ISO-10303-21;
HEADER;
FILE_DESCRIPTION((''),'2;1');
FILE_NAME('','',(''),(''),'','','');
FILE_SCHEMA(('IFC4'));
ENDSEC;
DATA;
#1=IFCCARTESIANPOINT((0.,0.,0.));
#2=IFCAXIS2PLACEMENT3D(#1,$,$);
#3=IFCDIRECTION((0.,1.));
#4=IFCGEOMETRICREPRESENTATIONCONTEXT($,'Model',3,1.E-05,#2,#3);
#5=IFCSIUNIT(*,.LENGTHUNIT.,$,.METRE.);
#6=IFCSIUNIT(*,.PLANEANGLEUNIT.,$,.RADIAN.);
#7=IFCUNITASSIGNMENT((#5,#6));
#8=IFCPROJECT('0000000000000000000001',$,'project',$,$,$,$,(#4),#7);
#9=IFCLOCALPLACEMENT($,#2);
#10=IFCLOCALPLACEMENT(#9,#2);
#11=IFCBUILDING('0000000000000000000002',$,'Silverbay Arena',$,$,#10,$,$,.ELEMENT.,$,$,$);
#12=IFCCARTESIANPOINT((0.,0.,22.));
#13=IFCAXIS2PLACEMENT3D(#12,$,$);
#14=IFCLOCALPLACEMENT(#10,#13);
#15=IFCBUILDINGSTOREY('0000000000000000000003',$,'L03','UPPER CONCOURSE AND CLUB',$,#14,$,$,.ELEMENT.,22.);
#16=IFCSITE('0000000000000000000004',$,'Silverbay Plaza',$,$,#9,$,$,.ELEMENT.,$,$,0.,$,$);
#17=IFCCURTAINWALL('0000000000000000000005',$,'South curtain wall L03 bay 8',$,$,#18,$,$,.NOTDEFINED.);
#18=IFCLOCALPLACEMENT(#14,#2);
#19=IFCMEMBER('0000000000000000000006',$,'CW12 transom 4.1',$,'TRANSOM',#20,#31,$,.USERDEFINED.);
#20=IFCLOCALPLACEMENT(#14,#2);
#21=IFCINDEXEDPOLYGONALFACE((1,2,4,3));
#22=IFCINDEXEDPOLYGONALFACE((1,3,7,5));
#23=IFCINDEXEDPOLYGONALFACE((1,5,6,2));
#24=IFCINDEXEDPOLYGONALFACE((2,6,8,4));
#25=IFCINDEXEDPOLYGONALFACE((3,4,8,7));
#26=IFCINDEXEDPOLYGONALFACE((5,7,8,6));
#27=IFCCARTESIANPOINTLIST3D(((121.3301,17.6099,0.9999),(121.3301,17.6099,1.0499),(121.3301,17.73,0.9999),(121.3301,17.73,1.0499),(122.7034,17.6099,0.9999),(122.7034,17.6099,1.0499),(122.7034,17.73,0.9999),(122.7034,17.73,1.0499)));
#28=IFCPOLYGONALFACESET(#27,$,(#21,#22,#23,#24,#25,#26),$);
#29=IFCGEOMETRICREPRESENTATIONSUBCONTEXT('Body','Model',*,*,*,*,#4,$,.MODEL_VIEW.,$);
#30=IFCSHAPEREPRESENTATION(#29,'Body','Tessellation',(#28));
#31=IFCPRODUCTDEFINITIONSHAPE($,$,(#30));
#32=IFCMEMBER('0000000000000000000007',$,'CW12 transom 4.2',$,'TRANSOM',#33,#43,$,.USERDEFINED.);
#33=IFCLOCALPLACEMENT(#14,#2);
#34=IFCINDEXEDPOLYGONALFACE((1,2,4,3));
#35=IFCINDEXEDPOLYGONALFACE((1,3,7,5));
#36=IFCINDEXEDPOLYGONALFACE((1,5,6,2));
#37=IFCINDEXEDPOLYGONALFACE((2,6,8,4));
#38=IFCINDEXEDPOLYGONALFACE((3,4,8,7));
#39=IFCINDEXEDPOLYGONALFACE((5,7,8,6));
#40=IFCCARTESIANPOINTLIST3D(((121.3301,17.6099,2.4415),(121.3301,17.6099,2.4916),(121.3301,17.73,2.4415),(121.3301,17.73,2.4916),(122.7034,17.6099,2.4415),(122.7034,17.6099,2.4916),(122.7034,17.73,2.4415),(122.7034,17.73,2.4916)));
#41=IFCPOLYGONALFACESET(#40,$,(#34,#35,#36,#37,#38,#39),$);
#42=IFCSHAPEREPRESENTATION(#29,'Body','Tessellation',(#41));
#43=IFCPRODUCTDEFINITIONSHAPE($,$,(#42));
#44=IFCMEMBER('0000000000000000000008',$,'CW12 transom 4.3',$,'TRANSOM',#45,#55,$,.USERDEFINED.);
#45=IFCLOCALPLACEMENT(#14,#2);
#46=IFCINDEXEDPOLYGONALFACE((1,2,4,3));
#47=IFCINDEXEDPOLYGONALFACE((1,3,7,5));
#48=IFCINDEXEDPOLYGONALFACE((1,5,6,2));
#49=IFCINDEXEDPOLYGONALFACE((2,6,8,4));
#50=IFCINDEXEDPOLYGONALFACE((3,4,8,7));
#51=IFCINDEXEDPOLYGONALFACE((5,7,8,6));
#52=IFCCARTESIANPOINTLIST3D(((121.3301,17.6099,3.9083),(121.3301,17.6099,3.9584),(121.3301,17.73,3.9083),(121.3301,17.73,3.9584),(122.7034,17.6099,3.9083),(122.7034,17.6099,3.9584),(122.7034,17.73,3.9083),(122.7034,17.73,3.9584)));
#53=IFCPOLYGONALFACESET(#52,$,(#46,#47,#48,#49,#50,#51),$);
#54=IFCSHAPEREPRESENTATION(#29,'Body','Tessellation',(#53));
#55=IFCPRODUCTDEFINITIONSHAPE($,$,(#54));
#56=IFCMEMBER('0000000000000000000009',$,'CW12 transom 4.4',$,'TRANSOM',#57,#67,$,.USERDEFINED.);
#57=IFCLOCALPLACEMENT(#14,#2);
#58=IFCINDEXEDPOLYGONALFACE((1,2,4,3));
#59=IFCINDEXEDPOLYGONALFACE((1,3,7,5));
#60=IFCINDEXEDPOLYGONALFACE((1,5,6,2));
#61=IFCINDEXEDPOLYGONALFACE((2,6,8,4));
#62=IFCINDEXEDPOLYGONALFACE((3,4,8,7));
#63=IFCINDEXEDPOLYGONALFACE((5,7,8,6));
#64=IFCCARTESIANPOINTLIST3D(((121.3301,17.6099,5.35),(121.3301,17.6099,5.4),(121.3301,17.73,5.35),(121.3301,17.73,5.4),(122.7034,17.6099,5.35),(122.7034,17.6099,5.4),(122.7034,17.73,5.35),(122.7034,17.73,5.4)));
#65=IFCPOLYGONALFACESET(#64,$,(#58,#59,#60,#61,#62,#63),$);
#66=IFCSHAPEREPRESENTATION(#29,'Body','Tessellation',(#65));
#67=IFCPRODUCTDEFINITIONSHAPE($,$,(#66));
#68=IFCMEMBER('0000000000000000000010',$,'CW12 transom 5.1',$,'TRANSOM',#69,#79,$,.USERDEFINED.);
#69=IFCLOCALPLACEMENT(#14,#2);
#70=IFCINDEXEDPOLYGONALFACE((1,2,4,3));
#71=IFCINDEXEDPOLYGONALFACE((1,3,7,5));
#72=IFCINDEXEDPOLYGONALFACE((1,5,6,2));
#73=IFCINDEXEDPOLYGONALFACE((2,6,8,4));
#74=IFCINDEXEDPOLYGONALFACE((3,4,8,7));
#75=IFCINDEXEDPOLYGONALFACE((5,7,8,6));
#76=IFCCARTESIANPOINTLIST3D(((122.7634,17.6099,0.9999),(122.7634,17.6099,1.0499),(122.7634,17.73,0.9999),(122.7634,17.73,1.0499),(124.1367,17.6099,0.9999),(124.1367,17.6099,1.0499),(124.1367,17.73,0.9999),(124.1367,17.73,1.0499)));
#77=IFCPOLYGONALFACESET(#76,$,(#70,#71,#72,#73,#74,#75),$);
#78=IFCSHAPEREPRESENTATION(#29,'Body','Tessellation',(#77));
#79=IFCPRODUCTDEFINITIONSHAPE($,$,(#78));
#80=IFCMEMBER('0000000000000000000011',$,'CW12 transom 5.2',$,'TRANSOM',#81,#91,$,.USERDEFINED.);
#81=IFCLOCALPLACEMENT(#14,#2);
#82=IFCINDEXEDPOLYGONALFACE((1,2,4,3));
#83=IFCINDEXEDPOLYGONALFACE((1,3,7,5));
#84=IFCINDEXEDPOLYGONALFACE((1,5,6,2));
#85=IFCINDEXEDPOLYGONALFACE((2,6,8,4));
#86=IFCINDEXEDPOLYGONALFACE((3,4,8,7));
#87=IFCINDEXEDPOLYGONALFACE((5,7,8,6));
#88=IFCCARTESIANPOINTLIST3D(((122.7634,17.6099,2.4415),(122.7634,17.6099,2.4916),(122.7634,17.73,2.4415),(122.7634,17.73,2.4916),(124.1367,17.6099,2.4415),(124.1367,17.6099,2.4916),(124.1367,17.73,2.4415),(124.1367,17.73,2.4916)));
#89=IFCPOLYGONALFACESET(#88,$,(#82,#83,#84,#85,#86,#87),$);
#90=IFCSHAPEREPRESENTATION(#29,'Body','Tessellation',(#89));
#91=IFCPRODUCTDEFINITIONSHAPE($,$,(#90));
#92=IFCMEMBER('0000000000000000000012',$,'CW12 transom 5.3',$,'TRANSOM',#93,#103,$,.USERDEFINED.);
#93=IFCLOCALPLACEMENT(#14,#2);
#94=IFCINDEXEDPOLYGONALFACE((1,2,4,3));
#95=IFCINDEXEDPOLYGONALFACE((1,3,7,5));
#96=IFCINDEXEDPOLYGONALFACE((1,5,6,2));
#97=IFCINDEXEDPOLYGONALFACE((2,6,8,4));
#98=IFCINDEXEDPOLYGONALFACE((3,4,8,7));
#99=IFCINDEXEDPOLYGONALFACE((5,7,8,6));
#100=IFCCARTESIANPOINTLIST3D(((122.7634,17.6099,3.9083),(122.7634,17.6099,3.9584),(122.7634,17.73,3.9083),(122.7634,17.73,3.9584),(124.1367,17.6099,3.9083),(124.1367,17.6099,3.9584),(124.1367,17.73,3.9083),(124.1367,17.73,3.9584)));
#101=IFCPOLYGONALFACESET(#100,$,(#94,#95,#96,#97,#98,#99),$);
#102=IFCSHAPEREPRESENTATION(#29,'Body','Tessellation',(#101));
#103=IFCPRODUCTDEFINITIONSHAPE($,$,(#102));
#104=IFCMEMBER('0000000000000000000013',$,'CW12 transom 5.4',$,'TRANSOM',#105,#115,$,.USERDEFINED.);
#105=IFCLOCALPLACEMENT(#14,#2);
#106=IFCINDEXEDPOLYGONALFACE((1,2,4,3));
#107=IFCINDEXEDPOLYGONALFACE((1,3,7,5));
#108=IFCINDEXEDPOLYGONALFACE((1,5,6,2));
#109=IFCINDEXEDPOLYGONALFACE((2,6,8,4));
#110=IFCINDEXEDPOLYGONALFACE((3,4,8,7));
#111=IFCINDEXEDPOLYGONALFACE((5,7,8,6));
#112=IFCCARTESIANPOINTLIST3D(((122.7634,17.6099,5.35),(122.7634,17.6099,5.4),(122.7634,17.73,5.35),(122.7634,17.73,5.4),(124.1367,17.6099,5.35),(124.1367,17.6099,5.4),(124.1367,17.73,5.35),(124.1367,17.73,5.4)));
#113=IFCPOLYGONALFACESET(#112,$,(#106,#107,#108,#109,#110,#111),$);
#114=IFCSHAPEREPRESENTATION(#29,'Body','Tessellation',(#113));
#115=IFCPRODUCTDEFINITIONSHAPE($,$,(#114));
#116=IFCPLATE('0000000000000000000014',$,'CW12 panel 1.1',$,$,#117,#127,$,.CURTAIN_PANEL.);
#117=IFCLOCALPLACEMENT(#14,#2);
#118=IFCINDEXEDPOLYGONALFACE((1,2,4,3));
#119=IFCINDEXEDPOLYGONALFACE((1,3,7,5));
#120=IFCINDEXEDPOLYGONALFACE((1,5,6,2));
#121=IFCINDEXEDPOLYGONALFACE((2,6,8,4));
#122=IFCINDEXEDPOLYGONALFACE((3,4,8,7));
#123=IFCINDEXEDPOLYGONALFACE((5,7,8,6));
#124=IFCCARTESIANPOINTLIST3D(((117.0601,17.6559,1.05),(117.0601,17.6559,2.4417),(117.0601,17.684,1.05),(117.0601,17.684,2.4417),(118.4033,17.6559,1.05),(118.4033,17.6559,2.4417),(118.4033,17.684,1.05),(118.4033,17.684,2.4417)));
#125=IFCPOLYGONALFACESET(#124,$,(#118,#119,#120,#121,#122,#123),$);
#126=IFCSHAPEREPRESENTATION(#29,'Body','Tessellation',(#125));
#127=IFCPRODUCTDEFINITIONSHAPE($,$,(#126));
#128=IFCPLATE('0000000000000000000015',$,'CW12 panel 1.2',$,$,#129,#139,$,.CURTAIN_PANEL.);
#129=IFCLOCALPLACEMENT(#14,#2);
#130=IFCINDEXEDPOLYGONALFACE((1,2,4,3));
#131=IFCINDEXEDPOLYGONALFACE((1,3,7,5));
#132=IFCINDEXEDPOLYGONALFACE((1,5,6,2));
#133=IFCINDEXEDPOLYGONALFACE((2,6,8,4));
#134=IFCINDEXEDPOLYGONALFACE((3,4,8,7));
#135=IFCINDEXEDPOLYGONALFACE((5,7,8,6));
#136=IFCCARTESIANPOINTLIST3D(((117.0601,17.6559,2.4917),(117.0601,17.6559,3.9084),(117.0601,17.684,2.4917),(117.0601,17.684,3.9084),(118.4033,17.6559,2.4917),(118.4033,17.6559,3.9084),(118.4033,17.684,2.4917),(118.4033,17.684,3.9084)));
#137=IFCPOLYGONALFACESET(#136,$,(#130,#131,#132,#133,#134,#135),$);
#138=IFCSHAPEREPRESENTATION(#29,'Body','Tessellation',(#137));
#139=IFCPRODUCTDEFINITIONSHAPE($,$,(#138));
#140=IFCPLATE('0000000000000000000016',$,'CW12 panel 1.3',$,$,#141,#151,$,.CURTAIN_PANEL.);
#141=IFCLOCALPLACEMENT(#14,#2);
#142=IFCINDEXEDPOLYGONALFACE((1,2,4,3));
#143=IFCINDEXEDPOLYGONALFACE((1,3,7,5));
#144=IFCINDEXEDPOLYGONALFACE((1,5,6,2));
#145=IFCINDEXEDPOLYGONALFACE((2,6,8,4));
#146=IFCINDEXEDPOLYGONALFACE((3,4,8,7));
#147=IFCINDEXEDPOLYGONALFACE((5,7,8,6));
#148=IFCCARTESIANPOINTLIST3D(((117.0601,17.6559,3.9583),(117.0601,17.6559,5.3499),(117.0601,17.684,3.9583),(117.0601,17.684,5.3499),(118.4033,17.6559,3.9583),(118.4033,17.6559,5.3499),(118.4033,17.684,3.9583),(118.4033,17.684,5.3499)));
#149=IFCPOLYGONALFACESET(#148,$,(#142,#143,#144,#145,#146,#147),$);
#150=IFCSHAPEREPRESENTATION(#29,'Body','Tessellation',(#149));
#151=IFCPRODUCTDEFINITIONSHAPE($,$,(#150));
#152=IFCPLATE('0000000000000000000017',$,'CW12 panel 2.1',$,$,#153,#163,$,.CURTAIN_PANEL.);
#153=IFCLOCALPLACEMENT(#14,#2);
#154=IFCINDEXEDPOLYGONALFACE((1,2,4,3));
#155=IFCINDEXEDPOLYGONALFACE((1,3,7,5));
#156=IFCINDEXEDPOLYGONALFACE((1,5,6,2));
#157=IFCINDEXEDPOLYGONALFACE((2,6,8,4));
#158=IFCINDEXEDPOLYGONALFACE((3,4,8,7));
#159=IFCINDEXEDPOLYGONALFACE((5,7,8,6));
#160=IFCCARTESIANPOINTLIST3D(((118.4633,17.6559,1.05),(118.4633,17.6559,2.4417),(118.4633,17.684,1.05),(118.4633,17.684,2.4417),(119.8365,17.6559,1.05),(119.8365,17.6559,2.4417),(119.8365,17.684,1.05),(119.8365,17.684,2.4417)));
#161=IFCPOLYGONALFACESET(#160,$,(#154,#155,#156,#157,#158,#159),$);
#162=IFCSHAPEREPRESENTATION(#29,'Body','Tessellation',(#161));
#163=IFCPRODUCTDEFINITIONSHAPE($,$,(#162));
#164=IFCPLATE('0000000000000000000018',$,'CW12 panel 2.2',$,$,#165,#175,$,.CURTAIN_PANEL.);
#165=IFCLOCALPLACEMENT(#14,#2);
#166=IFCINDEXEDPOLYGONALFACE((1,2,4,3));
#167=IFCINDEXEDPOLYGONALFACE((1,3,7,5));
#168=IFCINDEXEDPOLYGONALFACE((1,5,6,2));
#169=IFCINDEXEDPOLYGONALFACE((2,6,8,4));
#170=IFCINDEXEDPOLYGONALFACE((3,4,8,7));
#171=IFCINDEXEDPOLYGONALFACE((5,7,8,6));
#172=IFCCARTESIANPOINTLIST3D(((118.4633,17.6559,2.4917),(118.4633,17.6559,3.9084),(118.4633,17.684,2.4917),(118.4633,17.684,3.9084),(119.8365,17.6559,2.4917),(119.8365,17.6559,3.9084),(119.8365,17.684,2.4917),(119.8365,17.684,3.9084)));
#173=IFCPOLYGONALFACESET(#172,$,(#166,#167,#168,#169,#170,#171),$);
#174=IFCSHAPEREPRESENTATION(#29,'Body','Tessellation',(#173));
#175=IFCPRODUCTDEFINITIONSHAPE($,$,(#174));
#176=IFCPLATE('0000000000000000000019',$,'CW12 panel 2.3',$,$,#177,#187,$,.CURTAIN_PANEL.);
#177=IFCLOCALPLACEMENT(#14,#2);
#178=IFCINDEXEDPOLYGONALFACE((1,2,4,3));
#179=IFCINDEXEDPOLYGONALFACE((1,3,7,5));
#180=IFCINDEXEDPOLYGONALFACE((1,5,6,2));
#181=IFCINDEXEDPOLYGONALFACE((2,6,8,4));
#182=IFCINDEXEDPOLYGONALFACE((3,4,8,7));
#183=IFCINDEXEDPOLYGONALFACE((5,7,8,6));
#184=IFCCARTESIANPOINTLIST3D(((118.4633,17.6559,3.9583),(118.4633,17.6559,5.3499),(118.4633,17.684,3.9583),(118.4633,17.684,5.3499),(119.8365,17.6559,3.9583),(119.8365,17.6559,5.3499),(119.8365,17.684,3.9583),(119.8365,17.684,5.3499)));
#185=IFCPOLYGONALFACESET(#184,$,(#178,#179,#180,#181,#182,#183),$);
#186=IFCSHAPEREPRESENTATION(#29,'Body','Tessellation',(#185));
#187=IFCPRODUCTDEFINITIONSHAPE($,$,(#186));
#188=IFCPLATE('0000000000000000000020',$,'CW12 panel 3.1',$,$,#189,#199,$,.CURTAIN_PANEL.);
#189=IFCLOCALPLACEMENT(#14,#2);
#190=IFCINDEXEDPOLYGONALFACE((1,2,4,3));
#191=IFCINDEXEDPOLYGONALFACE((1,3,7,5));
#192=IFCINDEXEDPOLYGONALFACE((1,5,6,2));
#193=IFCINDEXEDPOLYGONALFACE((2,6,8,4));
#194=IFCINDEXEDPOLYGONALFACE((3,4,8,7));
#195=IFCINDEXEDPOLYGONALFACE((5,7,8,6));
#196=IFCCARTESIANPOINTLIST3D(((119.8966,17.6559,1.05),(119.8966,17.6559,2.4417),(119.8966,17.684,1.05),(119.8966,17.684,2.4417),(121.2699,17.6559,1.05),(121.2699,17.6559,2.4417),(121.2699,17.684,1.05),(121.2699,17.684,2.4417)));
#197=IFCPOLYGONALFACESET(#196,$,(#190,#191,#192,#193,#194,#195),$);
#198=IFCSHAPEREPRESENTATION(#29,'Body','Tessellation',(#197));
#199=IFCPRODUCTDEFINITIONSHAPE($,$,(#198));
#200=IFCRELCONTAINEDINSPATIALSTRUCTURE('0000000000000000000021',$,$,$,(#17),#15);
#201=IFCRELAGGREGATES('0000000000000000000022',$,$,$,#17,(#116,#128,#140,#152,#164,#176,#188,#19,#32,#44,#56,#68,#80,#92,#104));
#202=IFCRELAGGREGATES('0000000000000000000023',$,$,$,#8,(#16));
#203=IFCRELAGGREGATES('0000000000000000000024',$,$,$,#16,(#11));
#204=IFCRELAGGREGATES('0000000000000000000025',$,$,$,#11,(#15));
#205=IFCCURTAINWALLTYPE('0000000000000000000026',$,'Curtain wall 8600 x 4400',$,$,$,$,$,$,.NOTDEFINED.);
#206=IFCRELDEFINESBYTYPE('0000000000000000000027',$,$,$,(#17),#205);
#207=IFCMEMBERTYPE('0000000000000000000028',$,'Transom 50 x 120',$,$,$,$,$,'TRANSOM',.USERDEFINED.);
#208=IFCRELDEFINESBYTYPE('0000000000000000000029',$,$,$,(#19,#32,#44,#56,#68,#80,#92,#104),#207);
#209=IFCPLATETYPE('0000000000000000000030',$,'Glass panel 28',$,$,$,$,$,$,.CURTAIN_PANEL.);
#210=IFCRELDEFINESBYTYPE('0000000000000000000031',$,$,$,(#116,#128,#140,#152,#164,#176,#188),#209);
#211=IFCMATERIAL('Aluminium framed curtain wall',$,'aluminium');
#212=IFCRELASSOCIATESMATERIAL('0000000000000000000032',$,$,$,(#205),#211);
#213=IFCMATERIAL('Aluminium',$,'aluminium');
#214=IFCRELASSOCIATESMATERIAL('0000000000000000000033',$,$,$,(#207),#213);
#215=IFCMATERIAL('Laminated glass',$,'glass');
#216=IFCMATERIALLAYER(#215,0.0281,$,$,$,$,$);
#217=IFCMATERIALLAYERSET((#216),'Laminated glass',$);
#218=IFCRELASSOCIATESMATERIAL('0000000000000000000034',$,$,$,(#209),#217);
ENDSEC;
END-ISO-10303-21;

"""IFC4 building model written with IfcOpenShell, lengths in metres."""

from ifc_helpers import new_model, si_unit, direction, frame, origin, origin_2d, place, context, subcontext, project, spatial, rectangle, extrude, material, layer, layer_set, material_profile, profile_set, type_object, element, aggregate, save


model = new_model("IFC4")

# Units and contexts
model_context = context("Model", 3, precision=1e-05, world=origin(), true_north=direction((0.0, 1.0)))
body_context = subcontext(model_context, "Body", "Model", "MODEL_VIEW")
ifc_project = project(units=[si_unit("LENGTHUNIT", "METRE"), si_unit("PLANEANGLEUNIT", "RADIAN")], contexts=[model_context])

# Site, building, storey
site_placement = place(None, origin())
site = spatial("IfcSite", under=ifc_project, at=site_placement, Name="Silverbay Plaza", CompositionType="ELEMENT", RefElevation=0.0)
building_placement = place(site_placement, origin())
building = spatial("IfcBuilding", under=site, at=building_placement, Name="Silverbay Arena", CompositionType="ELEMENT")
storey_placement = place(building_placement, frame((0.0, 0.0, 22.0)))
storey = spatial("IfcBuildingStorey", under=building, at=storey_placement, Name="L03", Description="UPPER CONCOURSE AND CLUB", CompositionType="ELEMENT", Elevation=22.0)

# Curtain wall
ifc_material_1 = material(Name="Aluminium framed curtain wall", Category="aluminium")
curtain_wall_type = type_object("IfcCurtainWallType", Name="Curtain wall 8600 x 4400", PredefinedType="NOTDEFINED", material=ifc_material_1)
curtain_wall_placement = place(storey_placement, origin())
curtain_wall = element("IfcCurtainWall", 1, at=curtain_wall_placement, inside=storey, type_object=curtain_wall_type, Name="South curtain wall L03 bay 8", PredefinedType="NOTDEFINED")

# Members
ifc_material_2 = material(Name="Aluminium", Category="aluminium")
ifc_material_profile_1 = material_profile(ifc_material_2, rectangle(XDim=0.1201, YDim=0.05, at=origin_2d()), Name="Transom 50 x 120")
ifc_profile_set_1 = profile_set([ifc_material_profile_1], Name="Aluminium")
member_type_1 = type_object("IfcMemberType", Name="Transom 50 x 120", ElementType="TRANSOM", PredefinedType="USERDEFINED", material=ifc_profile_set_1)
member_1_placement = place(storey_placement, frame((121.3301, 17.6699, 1.0249), z_axis=(1.0, 0.0, 0.0), x_axis=(0.0, 1.0, 0.0)))
member_1 = element("IfcMember", 2, at=member_1_placement, type_object=member_type_1, Name="CW12 transom 4.1", ObjectType="TRANSOM", PredefinedType="USERDEFINED", context=body_context, shape_type="SweptSolid", body=[
    extrude(rectangle(XDim=0.1201, YDim=0.05, at=origin_2d()), origin(), (0.0, 0.0, 1.0), 1.3733),
])
member_2_placement = place(storey_placement, frame((121.3301, 17.6699, 2.4666), z_axis=(1.0, 0.0, 0.0), x_axis=(0.0, 1.0, 0.0)))
member_2 = element("IfcMember", 3, at=member_2_placement, type_object=member_type_1, Name="CW12 transom 4.2", ObjectType="TRANSOM", PredefinedType="USERDEFINED", context=body_context, shape_type="SweptSolid", body=[
    extrude(rectangle(XDim=0.1201, YDim=0.05, at=origin_2d()), origin(), (0.0, 0.0, 1.0), 1.3733),
])
member_3_placement = place(storey_placement, frame((121.3301, 17.6699, 3.9333), z_axis=(1.0, 0.0, 0.0), x_axis=(0.0, 1.0, 0.0)))
member_3 = element("IfcMember", 4, at=member_3_placement, type_object=member_type_1, Name="CW12 transom 4.3", ObjectType="TRANSOM", PredefinedType="USERDEFINED", context=body_context, shape_type="SweptSolid", body=[
    extrude(rectangle(XDim=0.1201, YDim=0.05, at=origin_2d()), origin(), (0.0, 0.0, 1.0), 1.3733),
])
member_4_placement = place(storey_placement, frame((121.3301, 17.6699, 5.375), z_axis=(1.0, 0.0, 0.0), x_axis=(0.0, 1.0, 0.0)))
member_4 = element("IfcMember", 5, at=member_4_placement, type_object=member_type_1, Name="CW12 transom 4.4", ObjectType="TRANSOM", PredefinedType="USERDEFINED", context=body_context, shape_type="SweptSolid", body=[
    extrude(rectangle(XDim=0.1201, YDim=0.05, at=origin_2d()), origin(), (0.0, 0.0, 1.0), 1.3733),
])
member_5_placement = place(storey_placement, frame((122.7634, 17.6699, 1.0249), z_axis=(1.0, 0.0, 0.0), x_axis=(0.0, 1.0, 0.0)))
member_5 = element("IfcMember", 6, at=member_5_placement, type_object=member_type_1, Name="CW12 transom 5.1", ObjectType="TRANSOM", PredefinedType="USERDEFINED", context=body_context, shape_type="SweptSolid", body=[
    extrude(rectangle(XDim=0.1201, YDim=0.05, at=origin_2d()), origin(), (0.0, 0.0, 1.0), 1.3733),
])
member_6_placement = place(storey_placement, frame((122.7634, 17.6699, 2.4666), z_axis=(1.0, 0.0, 0.0), x_axis=(0.0, 1.0, 0.0)))
member_6 = element("IfcMember", 7, at=member_6_placement, type_object=member_type_1, Name="CW12 transom 5.2", ObjectType="TRANSOM", PredefinedType="USERDEFINED", context=body_context, shape_type="SweptSolid", body=[
    extrude(rectangle(XDim=0.1201, YDim=0.05, at=origin_2d()), origin(), (0.0, 0.0, 1.0), 1.3733),
])
member_7_placement = place(storey_placement, frame((122.7634, 17.6699, 3.9333), z_axis=(1.0, 0.0, 0.0), x_axis=(0.0, 1.0, 0.0)))
member_7 = element("IfcMember", 8, at=member_7_placement, type_object=member_type_1, Name="CW12 transom 5.3", ObjectType="TRANSOM", PredefinedType="USERDEFINED", context=body_context, shape_type="SweptSolid", body=[
    extrude(rectangle(XDim=0.1201, YDim=0.05, at=origin_2d()), origin(), (0.0, 0.0, 1.0), 1.3733),
])
member_8_placement = place(storey_placement, frame((122.7634, 17.6699, 5.375), z_axis=(1.0, 0.0, 0.0), x_axis=(0.0, 1.0, 0.0)))
member_8 = element("IfcMember", 9, at=member_8_placement, type_object=member_type_1, Name="CW12 transom 5.4", ObjectType="TRANSOM", PredefinedType="USERDEFINED", context=body_context, shape_type="SweptSolid", body=[
    extrude(rectangle(XDim=0.1201, YDim=0.05, at=origin_2d()), origin(), (0.0, 0.0, 1.0), 1.3733),
])

# Plates
ifc_material_3 = material(Name="Laminated glass", Category="glass")
ifc_layer_1 = layer(ifc_material_3, 0.0281)
ifc_layer_set_1 = layer_set([ifc_layer_1], Name="Laminated glass")
plate_type = type_object("IfcPlateType", Name="Glass panel 28", PredefinedType="CURTAIN_PANEL", material=ifc_layer_set_1)
plate_1_placement = place(storey_placement, frame((117.7317, 17.6699, 1.05), z_axis=(0.0, 0.0, 1.0), x_axis=(1.0, 0.0, 0.0)))
plate_1 = element("IfcPlate", 10, at=plate_1_placement, type_object=plate_type, Name="CW12 panel 1.1", PredefinedType="CURTAIN_PANEL", context=body_context, shape_type="SweptSolid", body=[
    extrude(rectangle(XDim=1.3433, YDim=0.0281, at=origin_2d()), origin(), (0.0, 0.0, 1.0), 1.3916),
])
plate_2_placement = place(storey_placement, frame((117.7317, 17.6699, 2.4917), z_axis=(0.0, 0.0, 1.0), x_axis=(1.0, 0.0, 0.0)))
plate_2 = element("IfcPlate", 11, at=plate_2_placement, type_object=plate_type, Name="CW12 panel 1.2", PredefinedType="CURTAIN_PANEL", context=body_context, shape_type="SweptSolid", body=[
    extrude(rectangle(XDim=1.3433, YDim=0.0281, at=origin_2d()), origin(), (0.0, 0.0, 1.0), 1.4167),
])
plate_3_placement = place(storey_placement, frame((117.7317, 17.6699, 3.9583), z_axis=(0.0, 0.0, 1.0), x_axis=(1.0, 0.0, 0.0)))
plate_3 = element("IfcPlate", 12, at=plate_3_placement, type_object=plate_type, Name="CW12 panel 1.3", PredefinedType="CURTAIN_PANEL", context=body_context, shape_type="SweptSolid", body=[
    extrude(rectangle(XDim=1.3433, YDim=0.0281, at=origin_2d()), origin(), (0.0, 0.0, 1.0), 1.3916),
])
plate_4_placement = place(storey_placement, frame((119.1499, 17.6699, 1.05), z_axis=(0.0, 0.0, 1.0), x_axis=(1.0, 0.0, 0.0)))
plate_4 = element("IfcPlate", 13, at=plate_4_placement, type_object=plate_type, Name="CW12 panel 2.1", PredefinedType="CURTAIN_PANEL", context=body_context, shape_type="SweptSolid", body=[
    extrude(rectangle(XDim=1.3733, YDim=0.0281, at=origin_2d()), origin(), (0.0, 0.0, 1.0), 1.3916),
])
plate_5_placement = place(storey_placement, frame((119.1499, 17.6699, 2.4917), z_axis=(0.0, 0.0, 1.0), x_axis=(1.0, 0.0, 0.0)))
plate_5 = element("IfcPlate", 14, at=plate_5_placement, type_object=plate_type, Name="CW12 panel 2.2", PredefinedType="CURTAIN_PANEL", context=body_context, shape_type="SweptSolid", body=[
    extrude(rectangle(XDim=1.3733, YDim=0.0281, at=origin_2d()), origin(), (0.0, 0.0, 1.0), 1.4167),
])
plate_6_placement = place(storey_placement, frame((119.1499, 17.6699, 3.9583), z_axis=(0.0, 0.0, 1.0), x_axis=(1.0, 0.0, 0.0)))
plate_6 = element("IfcPlate", 15, at=plate_6_placement, type_object=plate_type, Name="CW12 panel 2.3", PredefinedType="CURTAIN_PANEL", context=body_context, shape_type="SweptSolid", body=[
    extrude(rectangle(XDim=1.3733, YDim=0.0281, at=origin_2d()), origin(), (0.0, 0.0, 1.0), 1.3916),
])
plate_7_placement = place(storey_placement, frame((120.5833, 17.6699, 1.05), z_axis=(0.0, 0.0, 1.0), x_axis=(1.0, 0.0, 0.0)))
plate_7 = element("IfcPlate", 16, at=plate_7_placement, type_object=plate_type, Name="CW12 panel 3.1", PredefinedType="CURTAIN_PANEL", context=body_context, shape_type="SweptSolid", body=[
    extrude(rectangle(XDim=1.3733, YDim=0.0281, at=origin_2d()), origin(), (0.0, 0.0, 1.0), 1.3916),
])
aggregate(curtain_wall, [plate_1, plate_2, plate_3, plate_4, plate_5, plate_6, plate_7, member_1, member_2, member_3, member_4, member_5, member_6, member_7, member_8])

save(model, "model.ifc")
